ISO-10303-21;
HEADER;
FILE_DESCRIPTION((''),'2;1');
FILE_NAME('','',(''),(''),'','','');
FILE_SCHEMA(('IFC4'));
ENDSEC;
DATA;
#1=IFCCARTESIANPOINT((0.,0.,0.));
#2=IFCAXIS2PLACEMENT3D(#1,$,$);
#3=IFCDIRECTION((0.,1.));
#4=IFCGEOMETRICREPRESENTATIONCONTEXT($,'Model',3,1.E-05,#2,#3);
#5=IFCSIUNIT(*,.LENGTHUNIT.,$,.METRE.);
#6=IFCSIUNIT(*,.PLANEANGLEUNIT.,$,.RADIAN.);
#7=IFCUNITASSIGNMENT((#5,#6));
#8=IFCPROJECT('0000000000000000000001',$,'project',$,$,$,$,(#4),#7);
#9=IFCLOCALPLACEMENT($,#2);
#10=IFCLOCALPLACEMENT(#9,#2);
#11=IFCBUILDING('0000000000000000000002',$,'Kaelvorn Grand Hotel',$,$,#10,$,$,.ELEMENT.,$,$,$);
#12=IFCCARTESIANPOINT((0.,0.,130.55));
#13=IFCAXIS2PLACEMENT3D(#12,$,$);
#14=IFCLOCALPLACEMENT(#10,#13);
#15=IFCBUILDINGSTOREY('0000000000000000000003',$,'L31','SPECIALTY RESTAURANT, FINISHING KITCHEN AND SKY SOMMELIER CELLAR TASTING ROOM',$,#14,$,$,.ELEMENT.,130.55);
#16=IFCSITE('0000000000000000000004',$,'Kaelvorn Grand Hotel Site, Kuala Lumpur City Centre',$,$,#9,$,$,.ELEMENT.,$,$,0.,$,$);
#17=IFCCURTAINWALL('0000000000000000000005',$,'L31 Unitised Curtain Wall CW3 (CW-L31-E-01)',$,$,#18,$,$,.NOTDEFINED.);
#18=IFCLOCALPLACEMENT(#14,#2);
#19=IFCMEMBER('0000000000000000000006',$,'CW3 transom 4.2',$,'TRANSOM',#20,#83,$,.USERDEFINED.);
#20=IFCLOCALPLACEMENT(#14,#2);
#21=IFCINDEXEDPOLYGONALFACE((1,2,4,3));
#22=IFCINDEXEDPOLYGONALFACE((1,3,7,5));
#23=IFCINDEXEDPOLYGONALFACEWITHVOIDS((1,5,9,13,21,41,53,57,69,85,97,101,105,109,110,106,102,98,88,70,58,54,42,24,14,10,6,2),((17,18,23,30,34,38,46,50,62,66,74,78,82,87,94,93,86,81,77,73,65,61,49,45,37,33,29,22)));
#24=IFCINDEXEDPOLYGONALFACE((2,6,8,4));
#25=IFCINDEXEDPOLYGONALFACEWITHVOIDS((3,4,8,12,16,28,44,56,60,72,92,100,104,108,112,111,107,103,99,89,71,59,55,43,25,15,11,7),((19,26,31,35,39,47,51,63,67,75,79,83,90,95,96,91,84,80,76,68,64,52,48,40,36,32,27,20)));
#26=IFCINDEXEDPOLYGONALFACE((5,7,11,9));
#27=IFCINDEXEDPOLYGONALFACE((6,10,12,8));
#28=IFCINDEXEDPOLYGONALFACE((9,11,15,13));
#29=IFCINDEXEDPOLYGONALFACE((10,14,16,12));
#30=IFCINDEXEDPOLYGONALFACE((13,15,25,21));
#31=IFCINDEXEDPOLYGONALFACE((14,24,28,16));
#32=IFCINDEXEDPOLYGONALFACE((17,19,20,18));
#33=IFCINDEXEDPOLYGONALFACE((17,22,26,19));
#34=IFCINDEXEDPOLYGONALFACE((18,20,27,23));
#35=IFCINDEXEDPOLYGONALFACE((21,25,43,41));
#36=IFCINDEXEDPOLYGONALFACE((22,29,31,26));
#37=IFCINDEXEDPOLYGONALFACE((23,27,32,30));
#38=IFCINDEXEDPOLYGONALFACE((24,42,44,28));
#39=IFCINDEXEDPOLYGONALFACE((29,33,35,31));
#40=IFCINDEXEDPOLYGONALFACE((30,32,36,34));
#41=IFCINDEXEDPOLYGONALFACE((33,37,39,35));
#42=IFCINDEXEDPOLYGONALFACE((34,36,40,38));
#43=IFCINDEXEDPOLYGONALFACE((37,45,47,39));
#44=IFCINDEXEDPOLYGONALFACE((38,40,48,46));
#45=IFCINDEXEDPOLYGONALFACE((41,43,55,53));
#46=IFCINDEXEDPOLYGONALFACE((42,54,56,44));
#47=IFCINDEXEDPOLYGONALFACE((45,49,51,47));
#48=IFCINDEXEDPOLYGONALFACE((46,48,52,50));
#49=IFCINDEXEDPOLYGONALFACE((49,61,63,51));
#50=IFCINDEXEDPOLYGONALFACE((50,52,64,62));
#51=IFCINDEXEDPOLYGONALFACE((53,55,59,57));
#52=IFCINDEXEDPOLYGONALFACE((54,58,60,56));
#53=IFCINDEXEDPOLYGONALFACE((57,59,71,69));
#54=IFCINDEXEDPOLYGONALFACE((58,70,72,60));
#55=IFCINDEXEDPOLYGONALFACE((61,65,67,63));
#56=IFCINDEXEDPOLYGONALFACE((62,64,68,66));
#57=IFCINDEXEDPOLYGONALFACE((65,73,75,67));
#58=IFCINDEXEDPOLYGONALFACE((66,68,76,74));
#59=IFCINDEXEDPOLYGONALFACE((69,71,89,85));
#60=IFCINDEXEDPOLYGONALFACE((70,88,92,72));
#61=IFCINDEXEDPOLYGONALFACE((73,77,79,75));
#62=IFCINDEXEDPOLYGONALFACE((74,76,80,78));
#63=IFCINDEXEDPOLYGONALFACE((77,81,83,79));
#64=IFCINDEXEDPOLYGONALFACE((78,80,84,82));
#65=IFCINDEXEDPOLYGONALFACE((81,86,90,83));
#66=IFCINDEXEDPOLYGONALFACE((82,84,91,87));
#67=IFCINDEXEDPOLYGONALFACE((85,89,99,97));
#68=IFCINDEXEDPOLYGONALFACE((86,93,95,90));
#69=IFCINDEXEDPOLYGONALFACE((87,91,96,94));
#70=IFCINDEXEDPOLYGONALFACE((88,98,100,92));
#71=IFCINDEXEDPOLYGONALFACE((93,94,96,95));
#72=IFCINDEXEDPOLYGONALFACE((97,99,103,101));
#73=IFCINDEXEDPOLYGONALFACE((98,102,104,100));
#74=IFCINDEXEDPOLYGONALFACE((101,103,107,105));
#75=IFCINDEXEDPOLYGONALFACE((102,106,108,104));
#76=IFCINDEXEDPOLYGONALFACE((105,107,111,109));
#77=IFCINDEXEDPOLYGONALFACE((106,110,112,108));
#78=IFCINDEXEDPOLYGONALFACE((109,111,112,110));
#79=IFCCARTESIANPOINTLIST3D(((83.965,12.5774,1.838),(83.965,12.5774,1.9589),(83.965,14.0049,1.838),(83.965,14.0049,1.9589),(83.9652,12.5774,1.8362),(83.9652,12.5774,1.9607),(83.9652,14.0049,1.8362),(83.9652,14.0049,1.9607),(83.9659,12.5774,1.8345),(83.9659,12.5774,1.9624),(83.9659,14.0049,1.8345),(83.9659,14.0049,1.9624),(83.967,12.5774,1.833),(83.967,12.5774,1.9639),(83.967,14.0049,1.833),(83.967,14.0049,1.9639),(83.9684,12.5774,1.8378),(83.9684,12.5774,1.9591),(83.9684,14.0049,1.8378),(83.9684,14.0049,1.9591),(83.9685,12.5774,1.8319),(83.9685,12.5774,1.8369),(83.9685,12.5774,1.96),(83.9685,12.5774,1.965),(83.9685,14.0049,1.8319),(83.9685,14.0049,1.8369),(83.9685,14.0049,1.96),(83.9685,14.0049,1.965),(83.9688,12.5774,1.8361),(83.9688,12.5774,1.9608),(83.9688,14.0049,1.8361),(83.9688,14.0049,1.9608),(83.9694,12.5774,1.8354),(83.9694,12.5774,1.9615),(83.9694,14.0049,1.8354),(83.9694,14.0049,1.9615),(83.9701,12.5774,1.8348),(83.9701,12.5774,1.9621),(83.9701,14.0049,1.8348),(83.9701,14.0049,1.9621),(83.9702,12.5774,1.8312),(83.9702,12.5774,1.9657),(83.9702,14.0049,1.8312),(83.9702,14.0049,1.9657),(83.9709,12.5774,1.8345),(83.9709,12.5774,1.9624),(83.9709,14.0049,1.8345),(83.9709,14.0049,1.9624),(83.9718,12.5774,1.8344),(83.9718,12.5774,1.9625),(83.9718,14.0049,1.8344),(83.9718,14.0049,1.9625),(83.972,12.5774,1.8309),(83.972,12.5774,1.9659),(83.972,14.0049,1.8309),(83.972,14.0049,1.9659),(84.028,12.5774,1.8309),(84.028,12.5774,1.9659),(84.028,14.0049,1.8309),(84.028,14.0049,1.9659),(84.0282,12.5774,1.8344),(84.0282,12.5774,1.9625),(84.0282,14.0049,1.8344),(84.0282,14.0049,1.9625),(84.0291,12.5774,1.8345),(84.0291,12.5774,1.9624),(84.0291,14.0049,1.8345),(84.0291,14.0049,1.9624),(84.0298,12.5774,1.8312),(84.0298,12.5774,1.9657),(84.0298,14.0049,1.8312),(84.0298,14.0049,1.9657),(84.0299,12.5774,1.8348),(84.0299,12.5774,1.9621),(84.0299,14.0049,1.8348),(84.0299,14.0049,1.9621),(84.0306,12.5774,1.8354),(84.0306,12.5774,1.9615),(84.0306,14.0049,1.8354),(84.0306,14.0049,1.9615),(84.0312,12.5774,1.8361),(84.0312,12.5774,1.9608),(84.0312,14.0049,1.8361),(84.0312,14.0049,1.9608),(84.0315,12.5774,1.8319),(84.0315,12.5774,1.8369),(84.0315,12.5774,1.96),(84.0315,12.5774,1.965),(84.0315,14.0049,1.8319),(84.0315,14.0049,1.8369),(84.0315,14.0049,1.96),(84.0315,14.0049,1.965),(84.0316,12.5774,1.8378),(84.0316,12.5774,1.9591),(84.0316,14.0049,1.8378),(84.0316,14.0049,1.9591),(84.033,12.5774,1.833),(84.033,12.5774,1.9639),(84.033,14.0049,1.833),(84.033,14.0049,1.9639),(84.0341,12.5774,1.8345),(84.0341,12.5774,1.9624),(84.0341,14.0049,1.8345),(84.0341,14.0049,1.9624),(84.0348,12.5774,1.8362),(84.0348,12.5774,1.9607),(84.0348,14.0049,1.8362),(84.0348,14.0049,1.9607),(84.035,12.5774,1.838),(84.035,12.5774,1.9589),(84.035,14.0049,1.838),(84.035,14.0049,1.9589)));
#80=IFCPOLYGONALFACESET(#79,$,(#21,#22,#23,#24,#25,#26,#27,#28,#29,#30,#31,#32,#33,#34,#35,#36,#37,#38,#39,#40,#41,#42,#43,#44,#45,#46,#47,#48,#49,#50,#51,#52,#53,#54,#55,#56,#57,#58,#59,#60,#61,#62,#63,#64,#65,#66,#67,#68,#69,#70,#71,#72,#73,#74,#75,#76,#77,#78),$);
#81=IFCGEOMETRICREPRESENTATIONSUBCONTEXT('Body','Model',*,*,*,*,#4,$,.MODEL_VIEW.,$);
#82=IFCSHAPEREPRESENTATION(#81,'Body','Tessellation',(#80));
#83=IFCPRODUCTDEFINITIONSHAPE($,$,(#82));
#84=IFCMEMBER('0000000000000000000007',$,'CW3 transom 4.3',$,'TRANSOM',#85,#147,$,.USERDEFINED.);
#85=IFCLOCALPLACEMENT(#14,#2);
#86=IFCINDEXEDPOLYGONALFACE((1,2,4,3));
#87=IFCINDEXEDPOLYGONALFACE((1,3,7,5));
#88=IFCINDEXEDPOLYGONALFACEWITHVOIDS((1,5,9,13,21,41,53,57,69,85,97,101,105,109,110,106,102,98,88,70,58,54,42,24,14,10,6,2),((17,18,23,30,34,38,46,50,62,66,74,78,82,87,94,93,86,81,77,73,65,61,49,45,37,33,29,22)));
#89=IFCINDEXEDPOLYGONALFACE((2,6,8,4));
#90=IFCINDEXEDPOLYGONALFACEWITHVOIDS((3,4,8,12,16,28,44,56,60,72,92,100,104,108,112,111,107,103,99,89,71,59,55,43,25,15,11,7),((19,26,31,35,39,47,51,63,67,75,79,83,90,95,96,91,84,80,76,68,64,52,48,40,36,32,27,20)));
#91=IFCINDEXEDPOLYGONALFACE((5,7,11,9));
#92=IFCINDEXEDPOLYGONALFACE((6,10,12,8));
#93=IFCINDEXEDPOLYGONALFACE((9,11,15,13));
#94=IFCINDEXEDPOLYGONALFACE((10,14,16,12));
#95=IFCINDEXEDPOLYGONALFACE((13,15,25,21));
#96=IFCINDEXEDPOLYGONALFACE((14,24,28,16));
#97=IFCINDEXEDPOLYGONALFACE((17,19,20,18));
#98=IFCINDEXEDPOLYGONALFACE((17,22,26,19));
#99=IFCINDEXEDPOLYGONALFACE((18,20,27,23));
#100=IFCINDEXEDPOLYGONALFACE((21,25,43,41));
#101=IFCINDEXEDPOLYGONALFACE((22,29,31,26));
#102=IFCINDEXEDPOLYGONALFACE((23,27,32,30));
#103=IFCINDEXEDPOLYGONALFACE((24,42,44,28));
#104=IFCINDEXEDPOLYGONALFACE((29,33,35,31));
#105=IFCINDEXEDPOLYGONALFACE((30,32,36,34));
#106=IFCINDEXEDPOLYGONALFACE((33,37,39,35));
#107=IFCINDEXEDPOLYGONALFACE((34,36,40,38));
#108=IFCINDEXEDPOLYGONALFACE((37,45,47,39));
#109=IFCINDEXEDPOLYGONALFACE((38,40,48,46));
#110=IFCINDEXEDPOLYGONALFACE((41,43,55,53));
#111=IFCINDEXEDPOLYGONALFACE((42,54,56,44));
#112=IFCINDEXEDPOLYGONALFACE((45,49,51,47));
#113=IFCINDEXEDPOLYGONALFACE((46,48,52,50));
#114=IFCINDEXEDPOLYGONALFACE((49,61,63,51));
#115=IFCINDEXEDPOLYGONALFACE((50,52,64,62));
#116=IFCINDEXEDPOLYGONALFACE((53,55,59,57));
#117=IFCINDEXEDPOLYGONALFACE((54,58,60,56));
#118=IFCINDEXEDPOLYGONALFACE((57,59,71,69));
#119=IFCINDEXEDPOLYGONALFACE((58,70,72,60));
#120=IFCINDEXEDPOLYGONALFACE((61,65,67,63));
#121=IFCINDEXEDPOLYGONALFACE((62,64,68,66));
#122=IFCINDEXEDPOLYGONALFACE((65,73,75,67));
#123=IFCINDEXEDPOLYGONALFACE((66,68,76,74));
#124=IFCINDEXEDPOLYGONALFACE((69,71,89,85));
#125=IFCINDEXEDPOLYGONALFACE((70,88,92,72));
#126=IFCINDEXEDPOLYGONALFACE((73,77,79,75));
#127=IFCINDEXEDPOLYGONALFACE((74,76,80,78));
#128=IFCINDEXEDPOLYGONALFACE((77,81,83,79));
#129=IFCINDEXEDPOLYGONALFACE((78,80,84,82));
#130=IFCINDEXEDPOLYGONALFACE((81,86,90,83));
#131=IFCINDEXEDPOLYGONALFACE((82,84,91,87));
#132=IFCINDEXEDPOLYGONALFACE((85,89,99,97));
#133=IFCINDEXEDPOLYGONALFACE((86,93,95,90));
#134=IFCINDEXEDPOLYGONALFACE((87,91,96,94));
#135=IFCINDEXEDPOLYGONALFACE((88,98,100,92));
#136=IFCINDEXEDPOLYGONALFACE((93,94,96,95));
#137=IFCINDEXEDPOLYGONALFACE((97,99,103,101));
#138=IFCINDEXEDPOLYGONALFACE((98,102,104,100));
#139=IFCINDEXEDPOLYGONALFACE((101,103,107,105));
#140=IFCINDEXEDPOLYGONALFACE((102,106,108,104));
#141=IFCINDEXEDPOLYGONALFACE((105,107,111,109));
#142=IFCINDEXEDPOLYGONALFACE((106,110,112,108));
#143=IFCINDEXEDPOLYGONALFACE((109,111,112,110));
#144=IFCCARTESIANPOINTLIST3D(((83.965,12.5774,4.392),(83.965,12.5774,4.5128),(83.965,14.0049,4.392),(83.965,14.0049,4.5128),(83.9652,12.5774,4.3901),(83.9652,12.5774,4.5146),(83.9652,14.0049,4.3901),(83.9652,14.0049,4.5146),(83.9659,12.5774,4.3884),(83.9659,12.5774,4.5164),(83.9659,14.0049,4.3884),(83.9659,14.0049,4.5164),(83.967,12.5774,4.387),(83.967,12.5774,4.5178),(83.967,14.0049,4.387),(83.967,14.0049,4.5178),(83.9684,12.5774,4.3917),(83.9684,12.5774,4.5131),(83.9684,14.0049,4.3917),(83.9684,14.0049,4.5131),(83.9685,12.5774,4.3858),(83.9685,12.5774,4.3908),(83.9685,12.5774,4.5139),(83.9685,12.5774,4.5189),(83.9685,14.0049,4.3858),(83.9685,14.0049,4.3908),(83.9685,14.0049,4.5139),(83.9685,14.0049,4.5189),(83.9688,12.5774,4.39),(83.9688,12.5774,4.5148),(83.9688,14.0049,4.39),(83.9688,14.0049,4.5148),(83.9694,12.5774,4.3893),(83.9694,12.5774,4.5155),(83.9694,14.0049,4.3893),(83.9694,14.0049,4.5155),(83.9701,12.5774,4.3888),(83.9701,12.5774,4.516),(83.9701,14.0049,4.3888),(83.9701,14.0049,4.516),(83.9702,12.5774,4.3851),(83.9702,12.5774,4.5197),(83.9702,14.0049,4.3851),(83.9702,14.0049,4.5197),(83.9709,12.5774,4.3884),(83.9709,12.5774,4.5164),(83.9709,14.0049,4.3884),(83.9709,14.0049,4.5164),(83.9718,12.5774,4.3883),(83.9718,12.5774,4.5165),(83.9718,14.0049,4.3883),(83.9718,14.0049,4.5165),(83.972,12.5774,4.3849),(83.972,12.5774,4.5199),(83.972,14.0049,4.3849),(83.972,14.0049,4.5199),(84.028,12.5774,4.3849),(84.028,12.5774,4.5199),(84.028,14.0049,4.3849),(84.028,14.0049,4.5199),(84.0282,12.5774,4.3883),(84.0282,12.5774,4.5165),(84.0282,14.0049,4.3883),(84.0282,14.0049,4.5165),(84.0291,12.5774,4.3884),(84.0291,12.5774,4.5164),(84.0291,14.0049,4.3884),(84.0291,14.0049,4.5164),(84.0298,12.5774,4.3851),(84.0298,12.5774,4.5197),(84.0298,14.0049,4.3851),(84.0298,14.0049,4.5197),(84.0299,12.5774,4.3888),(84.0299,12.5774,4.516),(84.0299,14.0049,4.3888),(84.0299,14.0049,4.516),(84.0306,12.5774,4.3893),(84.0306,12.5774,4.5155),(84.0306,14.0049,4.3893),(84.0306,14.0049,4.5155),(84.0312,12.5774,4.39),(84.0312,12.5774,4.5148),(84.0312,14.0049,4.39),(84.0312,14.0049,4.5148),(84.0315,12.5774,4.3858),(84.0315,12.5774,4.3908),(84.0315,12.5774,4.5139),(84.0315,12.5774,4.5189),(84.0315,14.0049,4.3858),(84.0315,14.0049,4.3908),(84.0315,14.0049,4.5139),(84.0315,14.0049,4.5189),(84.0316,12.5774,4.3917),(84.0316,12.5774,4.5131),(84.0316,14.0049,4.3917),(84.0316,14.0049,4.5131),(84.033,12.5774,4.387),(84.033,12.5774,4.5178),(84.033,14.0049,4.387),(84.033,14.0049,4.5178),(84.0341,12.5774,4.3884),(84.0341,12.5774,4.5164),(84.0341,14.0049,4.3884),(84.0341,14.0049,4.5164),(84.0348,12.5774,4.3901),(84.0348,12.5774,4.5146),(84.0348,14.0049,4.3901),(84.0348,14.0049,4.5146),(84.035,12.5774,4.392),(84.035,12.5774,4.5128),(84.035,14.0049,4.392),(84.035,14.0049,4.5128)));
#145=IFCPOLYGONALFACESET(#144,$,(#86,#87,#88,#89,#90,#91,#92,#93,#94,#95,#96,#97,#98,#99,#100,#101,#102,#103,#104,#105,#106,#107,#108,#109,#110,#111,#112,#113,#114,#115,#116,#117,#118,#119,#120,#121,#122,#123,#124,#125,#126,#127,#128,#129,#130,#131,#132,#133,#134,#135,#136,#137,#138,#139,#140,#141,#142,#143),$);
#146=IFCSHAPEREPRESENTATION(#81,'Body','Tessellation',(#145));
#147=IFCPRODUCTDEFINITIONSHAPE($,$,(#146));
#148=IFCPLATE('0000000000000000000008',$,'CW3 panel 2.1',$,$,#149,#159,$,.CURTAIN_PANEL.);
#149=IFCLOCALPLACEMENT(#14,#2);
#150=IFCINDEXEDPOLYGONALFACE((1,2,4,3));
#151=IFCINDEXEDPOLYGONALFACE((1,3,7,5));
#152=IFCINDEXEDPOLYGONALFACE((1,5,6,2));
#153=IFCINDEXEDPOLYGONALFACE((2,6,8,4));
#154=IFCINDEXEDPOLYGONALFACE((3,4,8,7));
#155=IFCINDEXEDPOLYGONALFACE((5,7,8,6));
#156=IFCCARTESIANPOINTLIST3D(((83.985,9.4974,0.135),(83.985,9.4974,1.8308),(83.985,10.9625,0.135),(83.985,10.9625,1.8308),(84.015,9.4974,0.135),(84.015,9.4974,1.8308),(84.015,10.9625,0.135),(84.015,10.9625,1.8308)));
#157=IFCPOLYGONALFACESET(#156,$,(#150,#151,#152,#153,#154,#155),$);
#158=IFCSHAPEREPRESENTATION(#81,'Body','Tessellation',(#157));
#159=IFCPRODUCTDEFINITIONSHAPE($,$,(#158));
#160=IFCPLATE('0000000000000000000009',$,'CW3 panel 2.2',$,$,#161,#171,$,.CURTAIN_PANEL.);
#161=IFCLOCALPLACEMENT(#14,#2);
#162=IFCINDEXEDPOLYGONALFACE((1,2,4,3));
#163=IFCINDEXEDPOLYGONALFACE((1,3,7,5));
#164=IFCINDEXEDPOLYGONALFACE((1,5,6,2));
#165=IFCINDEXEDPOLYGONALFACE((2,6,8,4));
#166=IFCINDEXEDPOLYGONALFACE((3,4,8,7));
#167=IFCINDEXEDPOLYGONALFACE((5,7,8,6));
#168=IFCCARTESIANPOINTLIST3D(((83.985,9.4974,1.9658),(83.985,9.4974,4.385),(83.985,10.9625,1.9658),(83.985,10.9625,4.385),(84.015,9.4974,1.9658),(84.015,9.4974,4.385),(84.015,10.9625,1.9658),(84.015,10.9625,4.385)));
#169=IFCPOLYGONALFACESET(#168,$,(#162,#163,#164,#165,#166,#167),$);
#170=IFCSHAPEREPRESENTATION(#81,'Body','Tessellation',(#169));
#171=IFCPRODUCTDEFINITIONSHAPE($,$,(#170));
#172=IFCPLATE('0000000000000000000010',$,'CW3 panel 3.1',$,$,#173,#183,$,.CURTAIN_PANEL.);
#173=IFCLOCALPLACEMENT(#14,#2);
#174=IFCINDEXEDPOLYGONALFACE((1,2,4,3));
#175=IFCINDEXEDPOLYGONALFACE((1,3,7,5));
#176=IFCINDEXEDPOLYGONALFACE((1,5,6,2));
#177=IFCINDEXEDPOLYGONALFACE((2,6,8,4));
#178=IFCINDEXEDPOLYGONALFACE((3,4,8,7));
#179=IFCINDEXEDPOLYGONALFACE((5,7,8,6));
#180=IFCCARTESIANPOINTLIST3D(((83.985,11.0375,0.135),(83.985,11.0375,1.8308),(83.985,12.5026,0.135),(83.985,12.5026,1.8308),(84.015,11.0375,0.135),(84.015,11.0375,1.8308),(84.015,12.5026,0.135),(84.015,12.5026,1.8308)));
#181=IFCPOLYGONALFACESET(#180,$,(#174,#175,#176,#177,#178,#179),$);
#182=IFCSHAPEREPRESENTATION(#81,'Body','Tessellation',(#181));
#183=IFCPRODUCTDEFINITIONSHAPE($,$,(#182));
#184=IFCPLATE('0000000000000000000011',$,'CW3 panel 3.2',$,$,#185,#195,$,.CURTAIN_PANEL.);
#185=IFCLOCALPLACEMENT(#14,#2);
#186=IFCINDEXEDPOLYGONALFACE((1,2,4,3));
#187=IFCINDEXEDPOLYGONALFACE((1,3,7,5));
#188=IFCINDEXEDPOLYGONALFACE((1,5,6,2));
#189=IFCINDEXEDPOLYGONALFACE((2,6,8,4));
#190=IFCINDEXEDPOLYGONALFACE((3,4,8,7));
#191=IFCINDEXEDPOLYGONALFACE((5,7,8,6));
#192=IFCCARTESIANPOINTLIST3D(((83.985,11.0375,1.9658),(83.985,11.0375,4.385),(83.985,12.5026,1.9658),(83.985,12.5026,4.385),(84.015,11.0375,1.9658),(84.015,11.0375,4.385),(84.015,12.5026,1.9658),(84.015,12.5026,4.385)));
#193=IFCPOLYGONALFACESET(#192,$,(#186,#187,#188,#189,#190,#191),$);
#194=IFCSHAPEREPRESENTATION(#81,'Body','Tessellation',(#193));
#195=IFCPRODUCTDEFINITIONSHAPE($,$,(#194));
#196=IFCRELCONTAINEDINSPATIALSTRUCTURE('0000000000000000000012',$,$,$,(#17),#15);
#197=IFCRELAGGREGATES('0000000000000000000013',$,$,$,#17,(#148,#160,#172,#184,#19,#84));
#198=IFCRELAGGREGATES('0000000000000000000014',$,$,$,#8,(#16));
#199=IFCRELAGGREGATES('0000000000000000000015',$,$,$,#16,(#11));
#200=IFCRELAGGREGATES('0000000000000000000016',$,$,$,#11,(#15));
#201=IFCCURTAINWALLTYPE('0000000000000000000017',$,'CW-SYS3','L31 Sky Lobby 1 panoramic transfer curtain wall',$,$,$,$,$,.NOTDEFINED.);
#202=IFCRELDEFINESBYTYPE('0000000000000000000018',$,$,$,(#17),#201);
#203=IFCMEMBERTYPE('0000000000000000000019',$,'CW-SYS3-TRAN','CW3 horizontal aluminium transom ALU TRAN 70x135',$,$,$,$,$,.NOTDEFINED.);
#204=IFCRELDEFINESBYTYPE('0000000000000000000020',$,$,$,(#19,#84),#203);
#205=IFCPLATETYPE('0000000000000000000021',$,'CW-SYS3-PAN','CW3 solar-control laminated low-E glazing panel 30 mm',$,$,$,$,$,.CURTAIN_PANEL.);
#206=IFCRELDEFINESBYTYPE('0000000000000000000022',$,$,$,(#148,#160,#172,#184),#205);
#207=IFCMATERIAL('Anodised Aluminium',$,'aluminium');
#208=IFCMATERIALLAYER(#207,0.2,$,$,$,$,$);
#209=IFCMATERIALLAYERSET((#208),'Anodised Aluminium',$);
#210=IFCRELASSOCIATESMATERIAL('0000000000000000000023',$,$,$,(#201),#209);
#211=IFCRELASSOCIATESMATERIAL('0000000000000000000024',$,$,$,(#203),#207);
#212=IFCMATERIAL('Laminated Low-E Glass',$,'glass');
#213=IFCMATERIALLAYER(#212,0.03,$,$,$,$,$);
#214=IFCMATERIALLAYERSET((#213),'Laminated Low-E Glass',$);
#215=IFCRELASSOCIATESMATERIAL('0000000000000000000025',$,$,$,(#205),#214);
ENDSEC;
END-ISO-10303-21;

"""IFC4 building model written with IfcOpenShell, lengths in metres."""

from ifc_helpers import new_model, si_unit, direction, frame, origin, origin_2d, place, context, subcontext, project, spatial, rectangle, hollow_rectangle, extrude, material, layer, layer_set, material_profile, profile_set, type_object, element, aggregate, save


model = new_model("IFC4")

# Units and contexts
model_context = context("Model", 3, precision=1e-05, world=origin(), true_north=direction((0.0, 1.0)))
body_context = subcontext(model_context, "Body", "Model", "MODEL_VIEW")
ifc_project = project(units=[si_unit("LENGTHUNIT", "METRE"), si_unit("PLANEANGLEUNIT", "RADIAN")], contexts=[model_context])

# Site, building, storey
site_placement = place(None, origin())
site = spatial("IfcSite", under=ifc_project, at=site_placement, Name="Kaelvorn Grand Hotel Site, Kuala Lumpur City Centre", CompositionType="ELEMENT", RefElevation=0.0)
building_placement = place(site_placement, origin())
building = spatial("IfcBuilding", under=site, at=building_placement, Name="Kaelvorn Grand Hotel", CompositionType="ELEMENT")
storey_placement = place(building_placement, frame((0.0, 0.0, 130.55)))
storey = spatial("IfcBuildingStorey", under=building, at=storey_placement, Name="L31", Description="SPECIALTY RESTAURANT, FINISHING KITCHEN AND SKY SOMMELIER CELLAR TASTING ROOM", CompositionType="ELEMENT", Elevation=130.55)

# Curtain wall, members, plates
ifc_material_1 = material(Name="Anodised Aluminium", Category="aluminium")
ifc_layer_1 = layer(ifc_material_1, 0.2)
ifc_layer_set_1 = layer_set([ifc_layer_1], Name="Anodised Aluminium")
curtain_wall_type = type_object("IfcCurtainWallType", Name="CW-SYS3", Description="L31 Sky Lobby 1 panoramic transfer curtain wall", PredefinedType="NOTDEFINED", material=ifc_layer_set_1)
curtain_wall_placement = place(storey_placement, origin())
curtain_wall = element("IfcCurtainWall", 1, at=curtain_wall_placement, inside=storey, type_object=curtain_wall_type, Name="L31 Unitised Curtain Wall CW3 (CW-L31-E-01)", PredefinedType="NOTDEFINED")
ifc_material_profile_1 = material_profile(ifc_material_1, hollow_rectangle(XDim=0.0701, YDim=0.135, WallThickness=0.0034, InnerFilletRadius=0.0034, OuterFilletRadius=0.0071, at=origin_2d()), Name="ALU TRAN 70x135")
ifc_profile_set_1 = profile_set([ifc_material_profile_1], Name="Anodised Aluminium")
member_type_1 = type_object("IfcMemberType", Name="CW-SYS3-TRAN", Description="CW3 horizontal aluminium transom ALU TRAN 70x135", PredefinedType="NOTDEFINED", material=ifc_profile_set_1)
member_1_placement = place(storey_placement, frame((84.0, 12.5774, 1.8984), z_axis=(0.0, 1.0, 0.0), x_axis=(-1.0, 0.0, 0.0)))
member_1 = element("IfcMember", 2, at=member_1_placement, type_object=member_type_1, Name="CW3 transom 4.2", ObjectType="TRANSOM", PredefinedType="USERDEFINED", context=body_context, shape_type="SweptSolid", body=[
    extrude(hollow_rectangle(XDim=0.0701, YDim=0.135, WallThickness=0.0034, InnerFilletRadius=0.0034, OuterFilletRadius=0.0071, at=origin_2d()), origin(), (0.0, 0.0, 1.0), 1.4275),
])
member_2_placement = place(storey_placement, frame((84.0, 12.5774, 4.4524), z_axis=(0.0, 1.0, 0.0), x_axis=(-1.0, 0.0, 0.0)))
member_2 = element("IfcMember", 3, at=member_2_placement, type_object=member_type_1, Name="CW3 transom 4.3", ObjectType="TRANSOM", PredefinedType="USERDEFINED", context=body_context, shape_type="SweptSolid", body=[
    extrude(hollow_rectangle(XDim=0.0701, YDim=0.135, WallThickness=0.0034, InnerFilletRadius=0.0034, OuterFilletRadius=0.0071, at=origin_2d()), origin(), (0.0, 0.0, 1.0), 1.4275),
])
ifc_material_2 = material(Name="Laminated Low-E Glass", Category="glass")
ifc_layer_2 = layer(ifc_material_2, 0.03)
ifc_layer_set_2 = layer_set([ifc_layer_2], Name="Laminated Low-E Glass")
plate_type = type_object("IfcPlateType", Name="CW-SYS3-PAN", Description="CW3 solar-control laminated low-E glazing panel 30 mm", PredefinedType="CURTAIN_PANEL", material=ifc_layer_set_2)
plate_1_placement = place(storey_placement, frame((84.0, 10.23, 0.135), z_axis=(0.0, 0.0, 1.0), x_axis=(0.0, 1.0, 0.0)))
plate_1 = element("IfcPlate", 4, at=plate_1_placement, type_object=plate_type, Name="CW3 panel 2.1", PredefinedType="CURTAIN_PANEL", context=body_context, shape_type="SweptSolid", body=[
    extrude(rectangle(XDim=1.4651, YDim=0.03, at=origin_2d()), origin(), (0.0, 0.0, 1.0), 1.6958),
])
plate_2_placement = place(storey_placement, frame((84.0, 10.23, 1.9658), z_axis=(0.0, 0.0, 1.0), x_axis=(0.0, 1.0, 0.0)))
plate_2 = element("IfcPlate", 5, at=plate_2_placement, type_object=plate_type, Name="CW3 panel 2.2", PredefinedType="CURTAIN_PANEL", context=body_context, shape_type="SweptSolid", body=[
    extrude(rectangle(XDim=1.4651, YDim=0.03, at=origin_2d()), origin(), (0.0, 0.0, 1.0), 2.4192),
])
plate_3_placement = place(storey_placement, frame((84.0, 11.77, 0.135), z_axis=(0.0, 0.0, 1.0), x_axis=(0.0, 1.0, 0.0)))
plate_3 = element("IfcPlate", 6, at=plate_3_placement, type_object=plate_type, Name="CW3 panel 3.1", PredefinedType="CURTAIN_PANEL", context=body_context, shape_type="SweptSolid", body=[
    extrude(rectangle(XDim=1.4651, YDim=0.03, at=origin_2d()), origin(), (0.0, 0.0, 1.0), 1.6958),
])
plate_4_placement = place(storey_placement, frame((84.0, 11.77, 1.9658), z_axis=(0.0, 0.0, 1.0), x_axis=(0.0, 1.0, 0.0)))
plate_4 = element("IfcPlate", 7, at=plate_4_placement, type_object=plate_type, Name="CW3 panel 3.2", PredefinedType="CURTAIN_PANEL", context=body_context, shape_type="SweptSolid", body=[
    extrude(rectangle(XDim=1.4651, YDim=0.03, at=origin_2d()), origin(), (0.0, 0.0, 1.0), 2.4192),
])
aggregate(curtain_wall, [plate_1, plate_2, plate_3, plate_4, member_1, member_2])

save(model, "model.ifc")
